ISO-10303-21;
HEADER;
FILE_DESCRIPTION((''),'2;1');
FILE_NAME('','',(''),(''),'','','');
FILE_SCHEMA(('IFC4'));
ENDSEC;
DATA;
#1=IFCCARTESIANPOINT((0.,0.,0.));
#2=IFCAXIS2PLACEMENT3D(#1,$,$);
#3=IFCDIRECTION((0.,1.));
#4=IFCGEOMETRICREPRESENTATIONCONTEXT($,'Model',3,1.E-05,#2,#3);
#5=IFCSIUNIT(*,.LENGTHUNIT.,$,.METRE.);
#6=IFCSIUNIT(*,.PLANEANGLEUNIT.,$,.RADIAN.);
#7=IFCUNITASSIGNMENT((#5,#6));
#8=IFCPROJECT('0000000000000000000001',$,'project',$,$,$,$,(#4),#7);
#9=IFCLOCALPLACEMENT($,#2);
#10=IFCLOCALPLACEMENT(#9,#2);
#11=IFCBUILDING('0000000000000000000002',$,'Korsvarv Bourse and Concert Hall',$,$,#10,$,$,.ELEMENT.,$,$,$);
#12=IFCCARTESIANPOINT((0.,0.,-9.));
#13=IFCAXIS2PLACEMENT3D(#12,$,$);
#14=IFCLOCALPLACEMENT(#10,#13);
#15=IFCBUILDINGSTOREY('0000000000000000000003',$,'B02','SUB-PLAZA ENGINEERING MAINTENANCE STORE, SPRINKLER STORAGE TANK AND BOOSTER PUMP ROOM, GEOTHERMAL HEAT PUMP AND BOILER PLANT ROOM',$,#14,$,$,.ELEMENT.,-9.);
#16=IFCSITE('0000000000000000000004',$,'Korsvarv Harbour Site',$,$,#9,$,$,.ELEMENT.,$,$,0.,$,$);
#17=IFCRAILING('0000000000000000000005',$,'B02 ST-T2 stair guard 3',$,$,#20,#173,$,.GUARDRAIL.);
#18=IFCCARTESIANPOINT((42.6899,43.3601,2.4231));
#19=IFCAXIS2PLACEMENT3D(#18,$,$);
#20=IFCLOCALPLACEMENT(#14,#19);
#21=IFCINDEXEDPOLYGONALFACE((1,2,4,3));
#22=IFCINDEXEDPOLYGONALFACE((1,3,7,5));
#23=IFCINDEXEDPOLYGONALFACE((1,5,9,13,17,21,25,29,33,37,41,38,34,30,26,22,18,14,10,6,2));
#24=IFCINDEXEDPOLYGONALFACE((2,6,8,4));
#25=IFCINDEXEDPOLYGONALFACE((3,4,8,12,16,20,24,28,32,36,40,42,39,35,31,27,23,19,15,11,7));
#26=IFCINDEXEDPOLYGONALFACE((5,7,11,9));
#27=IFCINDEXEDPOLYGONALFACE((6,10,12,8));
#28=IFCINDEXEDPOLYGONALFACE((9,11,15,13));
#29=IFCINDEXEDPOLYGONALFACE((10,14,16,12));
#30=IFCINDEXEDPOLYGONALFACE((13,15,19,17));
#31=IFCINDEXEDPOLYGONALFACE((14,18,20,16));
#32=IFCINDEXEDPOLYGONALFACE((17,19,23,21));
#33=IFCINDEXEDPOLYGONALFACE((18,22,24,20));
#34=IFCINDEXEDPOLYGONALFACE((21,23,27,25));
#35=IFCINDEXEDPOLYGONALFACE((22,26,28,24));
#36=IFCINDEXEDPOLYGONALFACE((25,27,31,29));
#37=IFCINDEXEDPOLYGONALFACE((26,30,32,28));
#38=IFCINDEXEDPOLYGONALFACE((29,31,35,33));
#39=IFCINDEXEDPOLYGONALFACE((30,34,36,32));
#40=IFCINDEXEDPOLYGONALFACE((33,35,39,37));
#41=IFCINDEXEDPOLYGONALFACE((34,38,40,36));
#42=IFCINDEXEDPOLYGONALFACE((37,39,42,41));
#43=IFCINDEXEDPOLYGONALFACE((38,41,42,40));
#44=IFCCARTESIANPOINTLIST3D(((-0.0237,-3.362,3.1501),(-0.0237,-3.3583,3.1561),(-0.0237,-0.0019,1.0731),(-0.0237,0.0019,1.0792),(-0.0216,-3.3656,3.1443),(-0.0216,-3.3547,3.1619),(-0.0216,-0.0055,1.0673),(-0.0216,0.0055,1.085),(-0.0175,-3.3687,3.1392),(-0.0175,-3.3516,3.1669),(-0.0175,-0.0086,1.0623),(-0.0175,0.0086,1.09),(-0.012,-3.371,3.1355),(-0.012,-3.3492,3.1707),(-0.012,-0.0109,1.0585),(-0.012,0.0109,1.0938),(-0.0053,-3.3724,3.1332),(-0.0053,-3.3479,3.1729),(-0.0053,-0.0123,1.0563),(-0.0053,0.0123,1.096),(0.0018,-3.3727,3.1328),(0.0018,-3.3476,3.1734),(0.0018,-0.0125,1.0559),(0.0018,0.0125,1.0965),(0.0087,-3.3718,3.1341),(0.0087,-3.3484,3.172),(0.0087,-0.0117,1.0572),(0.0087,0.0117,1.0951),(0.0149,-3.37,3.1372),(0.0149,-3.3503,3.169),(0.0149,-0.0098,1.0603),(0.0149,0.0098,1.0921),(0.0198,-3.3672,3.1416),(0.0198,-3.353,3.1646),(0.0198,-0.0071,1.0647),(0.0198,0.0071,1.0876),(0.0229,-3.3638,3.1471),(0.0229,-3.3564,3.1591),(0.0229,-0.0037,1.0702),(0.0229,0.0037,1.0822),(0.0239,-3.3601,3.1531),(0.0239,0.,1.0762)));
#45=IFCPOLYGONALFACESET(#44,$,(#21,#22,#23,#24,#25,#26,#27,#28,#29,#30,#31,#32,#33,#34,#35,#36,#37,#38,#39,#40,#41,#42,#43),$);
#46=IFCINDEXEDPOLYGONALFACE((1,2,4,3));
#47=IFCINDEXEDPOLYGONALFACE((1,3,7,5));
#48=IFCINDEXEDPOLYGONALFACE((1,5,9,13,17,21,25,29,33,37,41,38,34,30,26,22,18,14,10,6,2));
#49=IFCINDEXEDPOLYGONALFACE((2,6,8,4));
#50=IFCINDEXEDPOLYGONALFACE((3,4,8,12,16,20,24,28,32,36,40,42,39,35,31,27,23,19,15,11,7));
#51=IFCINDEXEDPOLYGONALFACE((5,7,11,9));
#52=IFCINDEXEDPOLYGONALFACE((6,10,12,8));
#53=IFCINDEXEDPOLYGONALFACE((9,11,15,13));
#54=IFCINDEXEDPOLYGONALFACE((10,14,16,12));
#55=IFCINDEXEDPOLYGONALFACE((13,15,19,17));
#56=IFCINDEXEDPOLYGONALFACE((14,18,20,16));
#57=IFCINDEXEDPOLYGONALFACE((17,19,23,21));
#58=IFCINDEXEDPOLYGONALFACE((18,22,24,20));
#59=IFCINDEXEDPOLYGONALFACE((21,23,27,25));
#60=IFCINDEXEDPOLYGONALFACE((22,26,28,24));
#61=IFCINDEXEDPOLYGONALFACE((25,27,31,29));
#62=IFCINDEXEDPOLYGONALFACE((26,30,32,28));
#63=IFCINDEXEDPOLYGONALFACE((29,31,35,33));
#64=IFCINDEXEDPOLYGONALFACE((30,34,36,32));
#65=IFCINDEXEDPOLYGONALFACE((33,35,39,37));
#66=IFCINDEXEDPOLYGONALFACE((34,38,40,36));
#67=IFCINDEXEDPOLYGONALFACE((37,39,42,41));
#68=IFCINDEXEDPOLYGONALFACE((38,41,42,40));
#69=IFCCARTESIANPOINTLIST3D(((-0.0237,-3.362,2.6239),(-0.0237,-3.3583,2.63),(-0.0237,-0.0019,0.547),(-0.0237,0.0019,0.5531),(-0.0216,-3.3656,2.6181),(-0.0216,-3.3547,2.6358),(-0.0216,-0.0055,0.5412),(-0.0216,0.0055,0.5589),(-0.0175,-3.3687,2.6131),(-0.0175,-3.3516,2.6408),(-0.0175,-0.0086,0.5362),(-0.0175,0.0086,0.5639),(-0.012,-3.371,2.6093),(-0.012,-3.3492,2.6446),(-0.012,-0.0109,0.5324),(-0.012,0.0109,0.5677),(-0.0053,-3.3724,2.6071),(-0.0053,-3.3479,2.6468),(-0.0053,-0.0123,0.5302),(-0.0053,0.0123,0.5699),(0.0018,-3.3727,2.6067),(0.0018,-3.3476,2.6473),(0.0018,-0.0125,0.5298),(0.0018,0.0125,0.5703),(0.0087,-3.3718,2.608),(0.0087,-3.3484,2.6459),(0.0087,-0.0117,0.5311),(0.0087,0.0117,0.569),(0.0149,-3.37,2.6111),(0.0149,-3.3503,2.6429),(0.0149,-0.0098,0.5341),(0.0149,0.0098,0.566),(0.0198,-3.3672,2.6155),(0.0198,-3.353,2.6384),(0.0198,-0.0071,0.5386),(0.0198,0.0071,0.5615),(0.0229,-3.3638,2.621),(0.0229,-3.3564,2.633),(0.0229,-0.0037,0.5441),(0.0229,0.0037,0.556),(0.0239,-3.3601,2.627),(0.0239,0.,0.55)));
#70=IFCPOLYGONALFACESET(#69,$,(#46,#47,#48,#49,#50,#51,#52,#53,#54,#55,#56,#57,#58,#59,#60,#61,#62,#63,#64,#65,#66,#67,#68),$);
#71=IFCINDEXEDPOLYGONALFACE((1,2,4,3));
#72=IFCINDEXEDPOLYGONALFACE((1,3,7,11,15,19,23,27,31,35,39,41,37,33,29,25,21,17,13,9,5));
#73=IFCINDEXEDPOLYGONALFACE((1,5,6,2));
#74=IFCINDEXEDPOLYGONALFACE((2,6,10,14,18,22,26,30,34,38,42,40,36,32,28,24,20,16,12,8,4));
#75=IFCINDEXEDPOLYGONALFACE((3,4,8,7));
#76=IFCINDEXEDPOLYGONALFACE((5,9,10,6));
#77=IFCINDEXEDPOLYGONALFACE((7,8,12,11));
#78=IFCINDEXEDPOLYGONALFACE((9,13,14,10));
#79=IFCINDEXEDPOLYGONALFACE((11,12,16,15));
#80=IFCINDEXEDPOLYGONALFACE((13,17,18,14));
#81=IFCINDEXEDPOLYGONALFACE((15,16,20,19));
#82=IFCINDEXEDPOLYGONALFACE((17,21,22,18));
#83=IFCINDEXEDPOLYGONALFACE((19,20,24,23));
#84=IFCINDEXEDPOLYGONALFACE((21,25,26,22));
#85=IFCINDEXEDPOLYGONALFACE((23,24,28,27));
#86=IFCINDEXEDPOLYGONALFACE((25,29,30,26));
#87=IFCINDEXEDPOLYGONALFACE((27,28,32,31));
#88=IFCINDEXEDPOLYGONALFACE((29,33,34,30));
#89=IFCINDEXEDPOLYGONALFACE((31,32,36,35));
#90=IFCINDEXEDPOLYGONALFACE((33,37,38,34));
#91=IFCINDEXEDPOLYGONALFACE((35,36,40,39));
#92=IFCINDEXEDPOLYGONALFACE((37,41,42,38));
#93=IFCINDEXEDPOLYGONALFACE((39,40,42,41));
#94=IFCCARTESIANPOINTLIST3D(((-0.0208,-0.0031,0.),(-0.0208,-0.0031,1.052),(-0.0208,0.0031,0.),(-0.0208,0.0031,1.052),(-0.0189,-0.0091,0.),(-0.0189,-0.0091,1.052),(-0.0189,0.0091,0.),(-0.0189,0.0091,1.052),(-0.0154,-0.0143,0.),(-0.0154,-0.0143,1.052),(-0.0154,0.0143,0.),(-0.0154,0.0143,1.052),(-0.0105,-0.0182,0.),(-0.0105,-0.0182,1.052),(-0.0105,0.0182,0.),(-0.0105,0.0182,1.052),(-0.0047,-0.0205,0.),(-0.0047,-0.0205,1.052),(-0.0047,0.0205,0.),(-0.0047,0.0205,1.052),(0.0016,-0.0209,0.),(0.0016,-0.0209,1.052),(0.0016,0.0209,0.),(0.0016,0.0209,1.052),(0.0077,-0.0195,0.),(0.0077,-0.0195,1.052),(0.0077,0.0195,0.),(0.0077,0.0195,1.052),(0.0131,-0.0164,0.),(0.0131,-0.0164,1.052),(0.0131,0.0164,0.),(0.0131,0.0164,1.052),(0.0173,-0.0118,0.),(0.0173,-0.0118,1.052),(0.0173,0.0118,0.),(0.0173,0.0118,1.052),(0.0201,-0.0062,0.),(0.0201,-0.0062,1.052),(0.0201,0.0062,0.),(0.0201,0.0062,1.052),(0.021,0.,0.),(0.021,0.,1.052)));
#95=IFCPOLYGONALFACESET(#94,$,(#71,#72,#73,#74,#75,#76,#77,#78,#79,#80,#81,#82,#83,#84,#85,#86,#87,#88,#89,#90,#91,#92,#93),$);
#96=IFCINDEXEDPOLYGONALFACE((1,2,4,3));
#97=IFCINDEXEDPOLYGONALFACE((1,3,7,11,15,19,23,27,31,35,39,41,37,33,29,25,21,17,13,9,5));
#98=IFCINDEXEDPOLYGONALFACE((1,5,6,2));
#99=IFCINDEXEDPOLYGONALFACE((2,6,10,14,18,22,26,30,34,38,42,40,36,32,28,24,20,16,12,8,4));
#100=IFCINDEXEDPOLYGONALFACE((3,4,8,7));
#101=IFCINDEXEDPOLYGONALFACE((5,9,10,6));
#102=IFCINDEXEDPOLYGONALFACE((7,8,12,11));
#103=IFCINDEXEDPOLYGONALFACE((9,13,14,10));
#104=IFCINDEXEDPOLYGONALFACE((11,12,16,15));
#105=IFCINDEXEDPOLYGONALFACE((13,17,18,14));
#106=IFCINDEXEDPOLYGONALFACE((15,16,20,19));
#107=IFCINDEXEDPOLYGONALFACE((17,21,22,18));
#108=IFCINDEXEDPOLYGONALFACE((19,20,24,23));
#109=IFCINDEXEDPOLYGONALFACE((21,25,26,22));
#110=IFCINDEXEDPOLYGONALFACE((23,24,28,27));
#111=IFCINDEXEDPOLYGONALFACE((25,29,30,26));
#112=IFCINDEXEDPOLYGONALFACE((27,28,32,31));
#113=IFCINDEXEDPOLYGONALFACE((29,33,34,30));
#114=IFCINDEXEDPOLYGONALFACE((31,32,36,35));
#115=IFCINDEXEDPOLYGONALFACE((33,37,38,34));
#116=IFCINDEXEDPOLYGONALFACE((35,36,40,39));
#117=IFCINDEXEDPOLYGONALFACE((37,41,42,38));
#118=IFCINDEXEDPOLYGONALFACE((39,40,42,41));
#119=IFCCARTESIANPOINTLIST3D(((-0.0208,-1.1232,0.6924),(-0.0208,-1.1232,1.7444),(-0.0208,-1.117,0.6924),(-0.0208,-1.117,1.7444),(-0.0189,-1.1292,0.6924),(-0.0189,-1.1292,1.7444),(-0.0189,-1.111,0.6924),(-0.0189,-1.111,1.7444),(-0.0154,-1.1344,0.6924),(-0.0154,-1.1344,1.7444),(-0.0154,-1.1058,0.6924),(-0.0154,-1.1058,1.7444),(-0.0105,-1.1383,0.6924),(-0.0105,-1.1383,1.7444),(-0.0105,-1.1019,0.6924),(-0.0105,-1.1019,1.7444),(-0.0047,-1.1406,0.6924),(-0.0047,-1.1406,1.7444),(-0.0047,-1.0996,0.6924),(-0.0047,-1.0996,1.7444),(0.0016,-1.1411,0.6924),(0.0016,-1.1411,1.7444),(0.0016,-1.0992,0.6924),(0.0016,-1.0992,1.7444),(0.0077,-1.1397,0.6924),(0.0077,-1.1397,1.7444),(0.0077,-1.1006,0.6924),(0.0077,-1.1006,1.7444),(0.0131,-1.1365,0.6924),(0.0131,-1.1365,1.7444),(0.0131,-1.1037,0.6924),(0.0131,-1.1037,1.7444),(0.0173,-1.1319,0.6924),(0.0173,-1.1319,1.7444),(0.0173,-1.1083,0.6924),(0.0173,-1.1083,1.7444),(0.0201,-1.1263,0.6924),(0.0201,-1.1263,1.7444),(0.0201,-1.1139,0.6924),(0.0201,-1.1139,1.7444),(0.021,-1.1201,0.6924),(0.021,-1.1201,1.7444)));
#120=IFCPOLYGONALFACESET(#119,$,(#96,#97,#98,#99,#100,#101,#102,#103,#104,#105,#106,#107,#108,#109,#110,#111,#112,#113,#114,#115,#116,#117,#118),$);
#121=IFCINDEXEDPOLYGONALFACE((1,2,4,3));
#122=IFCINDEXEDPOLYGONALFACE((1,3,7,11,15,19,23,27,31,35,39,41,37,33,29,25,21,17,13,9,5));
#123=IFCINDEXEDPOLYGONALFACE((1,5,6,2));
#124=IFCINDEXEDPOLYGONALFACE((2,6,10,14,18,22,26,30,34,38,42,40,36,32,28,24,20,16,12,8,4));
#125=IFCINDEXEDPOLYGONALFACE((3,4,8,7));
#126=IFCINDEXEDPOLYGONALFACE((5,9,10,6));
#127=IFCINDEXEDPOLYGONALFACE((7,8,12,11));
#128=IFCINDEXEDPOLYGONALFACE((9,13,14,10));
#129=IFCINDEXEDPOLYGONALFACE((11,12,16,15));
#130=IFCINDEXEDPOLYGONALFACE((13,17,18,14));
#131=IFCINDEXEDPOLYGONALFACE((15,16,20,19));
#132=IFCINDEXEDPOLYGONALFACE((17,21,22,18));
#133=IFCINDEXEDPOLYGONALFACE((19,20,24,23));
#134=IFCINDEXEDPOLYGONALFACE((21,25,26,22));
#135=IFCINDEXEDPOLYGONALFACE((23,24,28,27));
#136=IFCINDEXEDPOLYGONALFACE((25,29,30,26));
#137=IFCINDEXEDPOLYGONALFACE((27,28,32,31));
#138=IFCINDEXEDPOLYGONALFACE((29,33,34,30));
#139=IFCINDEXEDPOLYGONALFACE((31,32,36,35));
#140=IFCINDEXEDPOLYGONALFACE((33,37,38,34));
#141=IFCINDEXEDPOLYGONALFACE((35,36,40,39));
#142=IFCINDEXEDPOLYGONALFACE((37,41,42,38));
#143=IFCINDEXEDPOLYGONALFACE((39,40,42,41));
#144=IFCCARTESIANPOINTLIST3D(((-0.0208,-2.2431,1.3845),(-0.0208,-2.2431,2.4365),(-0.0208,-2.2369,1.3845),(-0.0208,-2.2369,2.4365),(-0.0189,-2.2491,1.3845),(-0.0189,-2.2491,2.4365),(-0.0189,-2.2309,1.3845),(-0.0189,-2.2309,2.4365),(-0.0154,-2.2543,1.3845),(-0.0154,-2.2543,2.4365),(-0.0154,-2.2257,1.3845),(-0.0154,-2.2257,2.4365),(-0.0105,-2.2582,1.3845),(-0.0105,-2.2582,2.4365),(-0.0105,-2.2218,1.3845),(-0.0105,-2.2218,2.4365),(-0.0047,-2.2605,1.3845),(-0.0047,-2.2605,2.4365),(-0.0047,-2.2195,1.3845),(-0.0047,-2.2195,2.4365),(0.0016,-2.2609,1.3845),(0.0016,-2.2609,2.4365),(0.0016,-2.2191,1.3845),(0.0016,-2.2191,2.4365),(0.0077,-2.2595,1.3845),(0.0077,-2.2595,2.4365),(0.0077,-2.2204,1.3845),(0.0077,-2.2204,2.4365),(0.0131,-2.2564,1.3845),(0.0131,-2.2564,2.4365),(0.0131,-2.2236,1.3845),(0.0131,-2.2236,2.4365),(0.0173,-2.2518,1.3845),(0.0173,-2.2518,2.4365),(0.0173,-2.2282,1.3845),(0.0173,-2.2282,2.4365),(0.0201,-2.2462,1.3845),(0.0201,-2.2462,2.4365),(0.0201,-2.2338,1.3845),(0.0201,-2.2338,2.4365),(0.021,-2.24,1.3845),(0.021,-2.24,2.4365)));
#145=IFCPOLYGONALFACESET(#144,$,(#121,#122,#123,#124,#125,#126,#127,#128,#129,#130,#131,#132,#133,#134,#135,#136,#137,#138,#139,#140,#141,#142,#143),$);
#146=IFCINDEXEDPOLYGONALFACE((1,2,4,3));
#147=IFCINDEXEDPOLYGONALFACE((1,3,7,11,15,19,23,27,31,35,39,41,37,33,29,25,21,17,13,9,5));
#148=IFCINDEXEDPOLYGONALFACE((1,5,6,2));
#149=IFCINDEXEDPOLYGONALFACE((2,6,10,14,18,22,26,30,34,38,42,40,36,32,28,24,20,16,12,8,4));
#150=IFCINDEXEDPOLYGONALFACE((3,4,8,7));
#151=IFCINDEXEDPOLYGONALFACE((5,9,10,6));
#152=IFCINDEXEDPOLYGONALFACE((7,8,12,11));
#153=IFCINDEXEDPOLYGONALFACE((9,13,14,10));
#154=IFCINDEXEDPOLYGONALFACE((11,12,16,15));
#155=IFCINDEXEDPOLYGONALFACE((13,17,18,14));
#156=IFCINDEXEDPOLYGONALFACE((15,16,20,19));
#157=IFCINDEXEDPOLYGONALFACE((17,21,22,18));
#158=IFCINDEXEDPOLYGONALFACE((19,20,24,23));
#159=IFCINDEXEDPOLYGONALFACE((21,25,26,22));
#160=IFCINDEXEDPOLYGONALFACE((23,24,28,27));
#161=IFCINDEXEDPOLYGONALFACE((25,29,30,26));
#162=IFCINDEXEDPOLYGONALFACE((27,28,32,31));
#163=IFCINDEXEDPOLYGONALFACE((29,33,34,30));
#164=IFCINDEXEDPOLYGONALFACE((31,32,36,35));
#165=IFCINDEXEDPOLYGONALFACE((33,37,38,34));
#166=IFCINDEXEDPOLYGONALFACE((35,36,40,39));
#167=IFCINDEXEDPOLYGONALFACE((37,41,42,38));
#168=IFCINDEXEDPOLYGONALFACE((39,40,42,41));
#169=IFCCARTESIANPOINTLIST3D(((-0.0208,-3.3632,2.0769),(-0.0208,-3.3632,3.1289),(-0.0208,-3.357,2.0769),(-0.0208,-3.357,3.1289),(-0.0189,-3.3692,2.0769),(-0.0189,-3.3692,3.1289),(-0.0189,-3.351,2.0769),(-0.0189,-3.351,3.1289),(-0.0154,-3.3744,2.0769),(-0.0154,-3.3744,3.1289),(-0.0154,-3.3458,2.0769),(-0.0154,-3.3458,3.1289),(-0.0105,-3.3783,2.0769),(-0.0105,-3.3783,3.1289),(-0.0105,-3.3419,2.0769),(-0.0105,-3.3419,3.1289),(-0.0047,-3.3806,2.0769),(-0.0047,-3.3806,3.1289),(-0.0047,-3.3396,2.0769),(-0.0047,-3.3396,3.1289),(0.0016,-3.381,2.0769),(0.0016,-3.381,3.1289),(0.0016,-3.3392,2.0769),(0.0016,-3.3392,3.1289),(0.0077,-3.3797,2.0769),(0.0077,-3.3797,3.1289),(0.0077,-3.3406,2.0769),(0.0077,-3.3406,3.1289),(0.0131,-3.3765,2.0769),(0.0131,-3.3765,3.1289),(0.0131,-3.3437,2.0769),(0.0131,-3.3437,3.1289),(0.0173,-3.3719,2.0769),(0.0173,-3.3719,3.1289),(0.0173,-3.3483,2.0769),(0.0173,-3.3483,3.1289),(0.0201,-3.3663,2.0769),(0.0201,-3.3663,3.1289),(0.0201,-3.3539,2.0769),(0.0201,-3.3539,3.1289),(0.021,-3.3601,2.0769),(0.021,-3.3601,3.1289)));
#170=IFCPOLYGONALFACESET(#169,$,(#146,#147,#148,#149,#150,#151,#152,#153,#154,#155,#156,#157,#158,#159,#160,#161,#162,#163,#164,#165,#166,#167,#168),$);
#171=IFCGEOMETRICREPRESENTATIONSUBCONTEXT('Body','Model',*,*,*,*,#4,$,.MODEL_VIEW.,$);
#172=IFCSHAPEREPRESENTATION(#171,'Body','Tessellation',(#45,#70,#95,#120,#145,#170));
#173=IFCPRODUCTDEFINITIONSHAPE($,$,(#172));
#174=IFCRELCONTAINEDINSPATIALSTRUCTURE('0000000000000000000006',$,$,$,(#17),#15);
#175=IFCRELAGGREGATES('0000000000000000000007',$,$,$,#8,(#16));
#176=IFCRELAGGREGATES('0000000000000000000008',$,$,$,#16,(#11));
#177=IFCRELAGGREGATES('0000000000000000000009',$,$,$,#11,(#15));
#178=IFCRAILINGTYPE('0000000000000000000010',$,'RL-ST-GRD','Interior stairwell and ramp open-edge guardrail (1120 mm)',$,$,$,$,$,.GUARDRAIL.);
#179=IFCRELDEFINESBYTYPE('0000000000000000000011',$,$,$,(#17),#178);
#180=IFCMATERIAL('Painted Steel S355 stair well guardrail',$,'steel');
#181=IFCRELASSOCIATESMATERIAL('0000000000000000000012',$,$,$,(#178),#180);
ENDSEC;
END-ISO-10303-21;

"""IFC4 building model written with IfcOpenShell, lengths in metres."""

from ifc_helpers import new_model, si_unit, direction, frame, origin, origin_2d, place, context, subcontext, project, spatial, circle, extrude, material, type_object, element, save


model = new_model("IFC4")

# Units and contexts
model_context = context("Model", 3, precision=1e-05, world=origin(), true_north=direction((0.0, 1.0)))
body_context = subcontext(model_context, "Body", "Model", "MODEL_VIEW")
ifc_project = project(units=[si_unit("LENGTHUNIT", "METRE"), si_unit("PLANEANGLEUNIT", "RADIAN")], contexts=[model_context])

# Site, building, storey
site_placement = place(None, origin())
site = spatial("IfcSite", under=ifc_project, at=site_placement, Name="Korsvarv Harbour Site", CompositionType="ELEMENT", RefElevation=0.0)
building_placement = place(site_placement, origin())
building = spatial("IfcBuilding", under=site, at=building_placement, Name="Korsvarv Bourse and Concert Hall", CompositionType="ELEMENT")
storey_placement = place(building_placement, frame((0.0, 0.0, -9.0)))
storey = spatial("IfcBuildingStorey", under=building, at=storey_placement, Name="B02", Description="SUB-PLAZA ENGINEERING MAINTENANCE STORE, SPRINKLER STORAGE TANK AND BOOSTER PUMP ROOM, GEOTHERMAL HEAT PUMP AND BOILER PLANT ROOM", CompositionType="ELEMENT", Elevation=-9.0)

# Railing
ifc_material_1 = material(Name="Painted Steel S355 stair well guardrail", Category="steel")
railing_type_1 = type_object("IfcRailingType", Name="RL-ST-GRD", Description="Interior stairwell and ramp open-edge guardrail (1120 mm)", PredefinedType="GUARDRAIL", material=ifc_material_1)
railing_1_placement = place(storey_placement, frame((42.6899, 43.3601, 2.4231)))
element("IfcRailing", 1, at=railing_1_placement, inside=storey, type_object=railing_type_1, Name="B02 ST-T2 stair guard 3", PredefinedType="GUARDRAIL", context=body_context, shape_type="SweptSolid", body=[
    extrude(circle(Radius=0.0239, at=origin_2d()), frame((0.0, 0.0, 1.0762), z_axis=(0.0, -0.850623, 0.525776), x_axis=(1.0, 0.0, 0.0)), (0.0, 0.0, 1.0), 3.9502),
    extrude(circle(Radius=0.0239, at=origin_2d()), frame((0.0, 0.0, 0.55), z_axis=(0.0, -0.850623, 0.525776), x_axis=(1.0, 0.0, 0.0)), (0.0, 0.0, 1.0), 3.9502),
    extrude(circle(Radius=0.021, at=origin_2d()), origin(), (0.0, 0.0, 1.0), 1.052),
    extrude(circle(Radius=0.021, at=origin_2d()), frame((0.0, -1.1201, 0.6924)), (0.0, 0.0, 1.0), 1.052),
    extrude(circle(Radius=0.021, at=origin_2d()), frame((0.0, -2.24, 1.3845)), (0.0, 0.0, 1.0), 1.052),
    extrude(circle(Radius=0.021, at=origin_2d()), frame((0.0, -3.3601, 2.0769)), (0.0, 0.0, 1.0), 1.052),
])

save(model, "model.ifc")
